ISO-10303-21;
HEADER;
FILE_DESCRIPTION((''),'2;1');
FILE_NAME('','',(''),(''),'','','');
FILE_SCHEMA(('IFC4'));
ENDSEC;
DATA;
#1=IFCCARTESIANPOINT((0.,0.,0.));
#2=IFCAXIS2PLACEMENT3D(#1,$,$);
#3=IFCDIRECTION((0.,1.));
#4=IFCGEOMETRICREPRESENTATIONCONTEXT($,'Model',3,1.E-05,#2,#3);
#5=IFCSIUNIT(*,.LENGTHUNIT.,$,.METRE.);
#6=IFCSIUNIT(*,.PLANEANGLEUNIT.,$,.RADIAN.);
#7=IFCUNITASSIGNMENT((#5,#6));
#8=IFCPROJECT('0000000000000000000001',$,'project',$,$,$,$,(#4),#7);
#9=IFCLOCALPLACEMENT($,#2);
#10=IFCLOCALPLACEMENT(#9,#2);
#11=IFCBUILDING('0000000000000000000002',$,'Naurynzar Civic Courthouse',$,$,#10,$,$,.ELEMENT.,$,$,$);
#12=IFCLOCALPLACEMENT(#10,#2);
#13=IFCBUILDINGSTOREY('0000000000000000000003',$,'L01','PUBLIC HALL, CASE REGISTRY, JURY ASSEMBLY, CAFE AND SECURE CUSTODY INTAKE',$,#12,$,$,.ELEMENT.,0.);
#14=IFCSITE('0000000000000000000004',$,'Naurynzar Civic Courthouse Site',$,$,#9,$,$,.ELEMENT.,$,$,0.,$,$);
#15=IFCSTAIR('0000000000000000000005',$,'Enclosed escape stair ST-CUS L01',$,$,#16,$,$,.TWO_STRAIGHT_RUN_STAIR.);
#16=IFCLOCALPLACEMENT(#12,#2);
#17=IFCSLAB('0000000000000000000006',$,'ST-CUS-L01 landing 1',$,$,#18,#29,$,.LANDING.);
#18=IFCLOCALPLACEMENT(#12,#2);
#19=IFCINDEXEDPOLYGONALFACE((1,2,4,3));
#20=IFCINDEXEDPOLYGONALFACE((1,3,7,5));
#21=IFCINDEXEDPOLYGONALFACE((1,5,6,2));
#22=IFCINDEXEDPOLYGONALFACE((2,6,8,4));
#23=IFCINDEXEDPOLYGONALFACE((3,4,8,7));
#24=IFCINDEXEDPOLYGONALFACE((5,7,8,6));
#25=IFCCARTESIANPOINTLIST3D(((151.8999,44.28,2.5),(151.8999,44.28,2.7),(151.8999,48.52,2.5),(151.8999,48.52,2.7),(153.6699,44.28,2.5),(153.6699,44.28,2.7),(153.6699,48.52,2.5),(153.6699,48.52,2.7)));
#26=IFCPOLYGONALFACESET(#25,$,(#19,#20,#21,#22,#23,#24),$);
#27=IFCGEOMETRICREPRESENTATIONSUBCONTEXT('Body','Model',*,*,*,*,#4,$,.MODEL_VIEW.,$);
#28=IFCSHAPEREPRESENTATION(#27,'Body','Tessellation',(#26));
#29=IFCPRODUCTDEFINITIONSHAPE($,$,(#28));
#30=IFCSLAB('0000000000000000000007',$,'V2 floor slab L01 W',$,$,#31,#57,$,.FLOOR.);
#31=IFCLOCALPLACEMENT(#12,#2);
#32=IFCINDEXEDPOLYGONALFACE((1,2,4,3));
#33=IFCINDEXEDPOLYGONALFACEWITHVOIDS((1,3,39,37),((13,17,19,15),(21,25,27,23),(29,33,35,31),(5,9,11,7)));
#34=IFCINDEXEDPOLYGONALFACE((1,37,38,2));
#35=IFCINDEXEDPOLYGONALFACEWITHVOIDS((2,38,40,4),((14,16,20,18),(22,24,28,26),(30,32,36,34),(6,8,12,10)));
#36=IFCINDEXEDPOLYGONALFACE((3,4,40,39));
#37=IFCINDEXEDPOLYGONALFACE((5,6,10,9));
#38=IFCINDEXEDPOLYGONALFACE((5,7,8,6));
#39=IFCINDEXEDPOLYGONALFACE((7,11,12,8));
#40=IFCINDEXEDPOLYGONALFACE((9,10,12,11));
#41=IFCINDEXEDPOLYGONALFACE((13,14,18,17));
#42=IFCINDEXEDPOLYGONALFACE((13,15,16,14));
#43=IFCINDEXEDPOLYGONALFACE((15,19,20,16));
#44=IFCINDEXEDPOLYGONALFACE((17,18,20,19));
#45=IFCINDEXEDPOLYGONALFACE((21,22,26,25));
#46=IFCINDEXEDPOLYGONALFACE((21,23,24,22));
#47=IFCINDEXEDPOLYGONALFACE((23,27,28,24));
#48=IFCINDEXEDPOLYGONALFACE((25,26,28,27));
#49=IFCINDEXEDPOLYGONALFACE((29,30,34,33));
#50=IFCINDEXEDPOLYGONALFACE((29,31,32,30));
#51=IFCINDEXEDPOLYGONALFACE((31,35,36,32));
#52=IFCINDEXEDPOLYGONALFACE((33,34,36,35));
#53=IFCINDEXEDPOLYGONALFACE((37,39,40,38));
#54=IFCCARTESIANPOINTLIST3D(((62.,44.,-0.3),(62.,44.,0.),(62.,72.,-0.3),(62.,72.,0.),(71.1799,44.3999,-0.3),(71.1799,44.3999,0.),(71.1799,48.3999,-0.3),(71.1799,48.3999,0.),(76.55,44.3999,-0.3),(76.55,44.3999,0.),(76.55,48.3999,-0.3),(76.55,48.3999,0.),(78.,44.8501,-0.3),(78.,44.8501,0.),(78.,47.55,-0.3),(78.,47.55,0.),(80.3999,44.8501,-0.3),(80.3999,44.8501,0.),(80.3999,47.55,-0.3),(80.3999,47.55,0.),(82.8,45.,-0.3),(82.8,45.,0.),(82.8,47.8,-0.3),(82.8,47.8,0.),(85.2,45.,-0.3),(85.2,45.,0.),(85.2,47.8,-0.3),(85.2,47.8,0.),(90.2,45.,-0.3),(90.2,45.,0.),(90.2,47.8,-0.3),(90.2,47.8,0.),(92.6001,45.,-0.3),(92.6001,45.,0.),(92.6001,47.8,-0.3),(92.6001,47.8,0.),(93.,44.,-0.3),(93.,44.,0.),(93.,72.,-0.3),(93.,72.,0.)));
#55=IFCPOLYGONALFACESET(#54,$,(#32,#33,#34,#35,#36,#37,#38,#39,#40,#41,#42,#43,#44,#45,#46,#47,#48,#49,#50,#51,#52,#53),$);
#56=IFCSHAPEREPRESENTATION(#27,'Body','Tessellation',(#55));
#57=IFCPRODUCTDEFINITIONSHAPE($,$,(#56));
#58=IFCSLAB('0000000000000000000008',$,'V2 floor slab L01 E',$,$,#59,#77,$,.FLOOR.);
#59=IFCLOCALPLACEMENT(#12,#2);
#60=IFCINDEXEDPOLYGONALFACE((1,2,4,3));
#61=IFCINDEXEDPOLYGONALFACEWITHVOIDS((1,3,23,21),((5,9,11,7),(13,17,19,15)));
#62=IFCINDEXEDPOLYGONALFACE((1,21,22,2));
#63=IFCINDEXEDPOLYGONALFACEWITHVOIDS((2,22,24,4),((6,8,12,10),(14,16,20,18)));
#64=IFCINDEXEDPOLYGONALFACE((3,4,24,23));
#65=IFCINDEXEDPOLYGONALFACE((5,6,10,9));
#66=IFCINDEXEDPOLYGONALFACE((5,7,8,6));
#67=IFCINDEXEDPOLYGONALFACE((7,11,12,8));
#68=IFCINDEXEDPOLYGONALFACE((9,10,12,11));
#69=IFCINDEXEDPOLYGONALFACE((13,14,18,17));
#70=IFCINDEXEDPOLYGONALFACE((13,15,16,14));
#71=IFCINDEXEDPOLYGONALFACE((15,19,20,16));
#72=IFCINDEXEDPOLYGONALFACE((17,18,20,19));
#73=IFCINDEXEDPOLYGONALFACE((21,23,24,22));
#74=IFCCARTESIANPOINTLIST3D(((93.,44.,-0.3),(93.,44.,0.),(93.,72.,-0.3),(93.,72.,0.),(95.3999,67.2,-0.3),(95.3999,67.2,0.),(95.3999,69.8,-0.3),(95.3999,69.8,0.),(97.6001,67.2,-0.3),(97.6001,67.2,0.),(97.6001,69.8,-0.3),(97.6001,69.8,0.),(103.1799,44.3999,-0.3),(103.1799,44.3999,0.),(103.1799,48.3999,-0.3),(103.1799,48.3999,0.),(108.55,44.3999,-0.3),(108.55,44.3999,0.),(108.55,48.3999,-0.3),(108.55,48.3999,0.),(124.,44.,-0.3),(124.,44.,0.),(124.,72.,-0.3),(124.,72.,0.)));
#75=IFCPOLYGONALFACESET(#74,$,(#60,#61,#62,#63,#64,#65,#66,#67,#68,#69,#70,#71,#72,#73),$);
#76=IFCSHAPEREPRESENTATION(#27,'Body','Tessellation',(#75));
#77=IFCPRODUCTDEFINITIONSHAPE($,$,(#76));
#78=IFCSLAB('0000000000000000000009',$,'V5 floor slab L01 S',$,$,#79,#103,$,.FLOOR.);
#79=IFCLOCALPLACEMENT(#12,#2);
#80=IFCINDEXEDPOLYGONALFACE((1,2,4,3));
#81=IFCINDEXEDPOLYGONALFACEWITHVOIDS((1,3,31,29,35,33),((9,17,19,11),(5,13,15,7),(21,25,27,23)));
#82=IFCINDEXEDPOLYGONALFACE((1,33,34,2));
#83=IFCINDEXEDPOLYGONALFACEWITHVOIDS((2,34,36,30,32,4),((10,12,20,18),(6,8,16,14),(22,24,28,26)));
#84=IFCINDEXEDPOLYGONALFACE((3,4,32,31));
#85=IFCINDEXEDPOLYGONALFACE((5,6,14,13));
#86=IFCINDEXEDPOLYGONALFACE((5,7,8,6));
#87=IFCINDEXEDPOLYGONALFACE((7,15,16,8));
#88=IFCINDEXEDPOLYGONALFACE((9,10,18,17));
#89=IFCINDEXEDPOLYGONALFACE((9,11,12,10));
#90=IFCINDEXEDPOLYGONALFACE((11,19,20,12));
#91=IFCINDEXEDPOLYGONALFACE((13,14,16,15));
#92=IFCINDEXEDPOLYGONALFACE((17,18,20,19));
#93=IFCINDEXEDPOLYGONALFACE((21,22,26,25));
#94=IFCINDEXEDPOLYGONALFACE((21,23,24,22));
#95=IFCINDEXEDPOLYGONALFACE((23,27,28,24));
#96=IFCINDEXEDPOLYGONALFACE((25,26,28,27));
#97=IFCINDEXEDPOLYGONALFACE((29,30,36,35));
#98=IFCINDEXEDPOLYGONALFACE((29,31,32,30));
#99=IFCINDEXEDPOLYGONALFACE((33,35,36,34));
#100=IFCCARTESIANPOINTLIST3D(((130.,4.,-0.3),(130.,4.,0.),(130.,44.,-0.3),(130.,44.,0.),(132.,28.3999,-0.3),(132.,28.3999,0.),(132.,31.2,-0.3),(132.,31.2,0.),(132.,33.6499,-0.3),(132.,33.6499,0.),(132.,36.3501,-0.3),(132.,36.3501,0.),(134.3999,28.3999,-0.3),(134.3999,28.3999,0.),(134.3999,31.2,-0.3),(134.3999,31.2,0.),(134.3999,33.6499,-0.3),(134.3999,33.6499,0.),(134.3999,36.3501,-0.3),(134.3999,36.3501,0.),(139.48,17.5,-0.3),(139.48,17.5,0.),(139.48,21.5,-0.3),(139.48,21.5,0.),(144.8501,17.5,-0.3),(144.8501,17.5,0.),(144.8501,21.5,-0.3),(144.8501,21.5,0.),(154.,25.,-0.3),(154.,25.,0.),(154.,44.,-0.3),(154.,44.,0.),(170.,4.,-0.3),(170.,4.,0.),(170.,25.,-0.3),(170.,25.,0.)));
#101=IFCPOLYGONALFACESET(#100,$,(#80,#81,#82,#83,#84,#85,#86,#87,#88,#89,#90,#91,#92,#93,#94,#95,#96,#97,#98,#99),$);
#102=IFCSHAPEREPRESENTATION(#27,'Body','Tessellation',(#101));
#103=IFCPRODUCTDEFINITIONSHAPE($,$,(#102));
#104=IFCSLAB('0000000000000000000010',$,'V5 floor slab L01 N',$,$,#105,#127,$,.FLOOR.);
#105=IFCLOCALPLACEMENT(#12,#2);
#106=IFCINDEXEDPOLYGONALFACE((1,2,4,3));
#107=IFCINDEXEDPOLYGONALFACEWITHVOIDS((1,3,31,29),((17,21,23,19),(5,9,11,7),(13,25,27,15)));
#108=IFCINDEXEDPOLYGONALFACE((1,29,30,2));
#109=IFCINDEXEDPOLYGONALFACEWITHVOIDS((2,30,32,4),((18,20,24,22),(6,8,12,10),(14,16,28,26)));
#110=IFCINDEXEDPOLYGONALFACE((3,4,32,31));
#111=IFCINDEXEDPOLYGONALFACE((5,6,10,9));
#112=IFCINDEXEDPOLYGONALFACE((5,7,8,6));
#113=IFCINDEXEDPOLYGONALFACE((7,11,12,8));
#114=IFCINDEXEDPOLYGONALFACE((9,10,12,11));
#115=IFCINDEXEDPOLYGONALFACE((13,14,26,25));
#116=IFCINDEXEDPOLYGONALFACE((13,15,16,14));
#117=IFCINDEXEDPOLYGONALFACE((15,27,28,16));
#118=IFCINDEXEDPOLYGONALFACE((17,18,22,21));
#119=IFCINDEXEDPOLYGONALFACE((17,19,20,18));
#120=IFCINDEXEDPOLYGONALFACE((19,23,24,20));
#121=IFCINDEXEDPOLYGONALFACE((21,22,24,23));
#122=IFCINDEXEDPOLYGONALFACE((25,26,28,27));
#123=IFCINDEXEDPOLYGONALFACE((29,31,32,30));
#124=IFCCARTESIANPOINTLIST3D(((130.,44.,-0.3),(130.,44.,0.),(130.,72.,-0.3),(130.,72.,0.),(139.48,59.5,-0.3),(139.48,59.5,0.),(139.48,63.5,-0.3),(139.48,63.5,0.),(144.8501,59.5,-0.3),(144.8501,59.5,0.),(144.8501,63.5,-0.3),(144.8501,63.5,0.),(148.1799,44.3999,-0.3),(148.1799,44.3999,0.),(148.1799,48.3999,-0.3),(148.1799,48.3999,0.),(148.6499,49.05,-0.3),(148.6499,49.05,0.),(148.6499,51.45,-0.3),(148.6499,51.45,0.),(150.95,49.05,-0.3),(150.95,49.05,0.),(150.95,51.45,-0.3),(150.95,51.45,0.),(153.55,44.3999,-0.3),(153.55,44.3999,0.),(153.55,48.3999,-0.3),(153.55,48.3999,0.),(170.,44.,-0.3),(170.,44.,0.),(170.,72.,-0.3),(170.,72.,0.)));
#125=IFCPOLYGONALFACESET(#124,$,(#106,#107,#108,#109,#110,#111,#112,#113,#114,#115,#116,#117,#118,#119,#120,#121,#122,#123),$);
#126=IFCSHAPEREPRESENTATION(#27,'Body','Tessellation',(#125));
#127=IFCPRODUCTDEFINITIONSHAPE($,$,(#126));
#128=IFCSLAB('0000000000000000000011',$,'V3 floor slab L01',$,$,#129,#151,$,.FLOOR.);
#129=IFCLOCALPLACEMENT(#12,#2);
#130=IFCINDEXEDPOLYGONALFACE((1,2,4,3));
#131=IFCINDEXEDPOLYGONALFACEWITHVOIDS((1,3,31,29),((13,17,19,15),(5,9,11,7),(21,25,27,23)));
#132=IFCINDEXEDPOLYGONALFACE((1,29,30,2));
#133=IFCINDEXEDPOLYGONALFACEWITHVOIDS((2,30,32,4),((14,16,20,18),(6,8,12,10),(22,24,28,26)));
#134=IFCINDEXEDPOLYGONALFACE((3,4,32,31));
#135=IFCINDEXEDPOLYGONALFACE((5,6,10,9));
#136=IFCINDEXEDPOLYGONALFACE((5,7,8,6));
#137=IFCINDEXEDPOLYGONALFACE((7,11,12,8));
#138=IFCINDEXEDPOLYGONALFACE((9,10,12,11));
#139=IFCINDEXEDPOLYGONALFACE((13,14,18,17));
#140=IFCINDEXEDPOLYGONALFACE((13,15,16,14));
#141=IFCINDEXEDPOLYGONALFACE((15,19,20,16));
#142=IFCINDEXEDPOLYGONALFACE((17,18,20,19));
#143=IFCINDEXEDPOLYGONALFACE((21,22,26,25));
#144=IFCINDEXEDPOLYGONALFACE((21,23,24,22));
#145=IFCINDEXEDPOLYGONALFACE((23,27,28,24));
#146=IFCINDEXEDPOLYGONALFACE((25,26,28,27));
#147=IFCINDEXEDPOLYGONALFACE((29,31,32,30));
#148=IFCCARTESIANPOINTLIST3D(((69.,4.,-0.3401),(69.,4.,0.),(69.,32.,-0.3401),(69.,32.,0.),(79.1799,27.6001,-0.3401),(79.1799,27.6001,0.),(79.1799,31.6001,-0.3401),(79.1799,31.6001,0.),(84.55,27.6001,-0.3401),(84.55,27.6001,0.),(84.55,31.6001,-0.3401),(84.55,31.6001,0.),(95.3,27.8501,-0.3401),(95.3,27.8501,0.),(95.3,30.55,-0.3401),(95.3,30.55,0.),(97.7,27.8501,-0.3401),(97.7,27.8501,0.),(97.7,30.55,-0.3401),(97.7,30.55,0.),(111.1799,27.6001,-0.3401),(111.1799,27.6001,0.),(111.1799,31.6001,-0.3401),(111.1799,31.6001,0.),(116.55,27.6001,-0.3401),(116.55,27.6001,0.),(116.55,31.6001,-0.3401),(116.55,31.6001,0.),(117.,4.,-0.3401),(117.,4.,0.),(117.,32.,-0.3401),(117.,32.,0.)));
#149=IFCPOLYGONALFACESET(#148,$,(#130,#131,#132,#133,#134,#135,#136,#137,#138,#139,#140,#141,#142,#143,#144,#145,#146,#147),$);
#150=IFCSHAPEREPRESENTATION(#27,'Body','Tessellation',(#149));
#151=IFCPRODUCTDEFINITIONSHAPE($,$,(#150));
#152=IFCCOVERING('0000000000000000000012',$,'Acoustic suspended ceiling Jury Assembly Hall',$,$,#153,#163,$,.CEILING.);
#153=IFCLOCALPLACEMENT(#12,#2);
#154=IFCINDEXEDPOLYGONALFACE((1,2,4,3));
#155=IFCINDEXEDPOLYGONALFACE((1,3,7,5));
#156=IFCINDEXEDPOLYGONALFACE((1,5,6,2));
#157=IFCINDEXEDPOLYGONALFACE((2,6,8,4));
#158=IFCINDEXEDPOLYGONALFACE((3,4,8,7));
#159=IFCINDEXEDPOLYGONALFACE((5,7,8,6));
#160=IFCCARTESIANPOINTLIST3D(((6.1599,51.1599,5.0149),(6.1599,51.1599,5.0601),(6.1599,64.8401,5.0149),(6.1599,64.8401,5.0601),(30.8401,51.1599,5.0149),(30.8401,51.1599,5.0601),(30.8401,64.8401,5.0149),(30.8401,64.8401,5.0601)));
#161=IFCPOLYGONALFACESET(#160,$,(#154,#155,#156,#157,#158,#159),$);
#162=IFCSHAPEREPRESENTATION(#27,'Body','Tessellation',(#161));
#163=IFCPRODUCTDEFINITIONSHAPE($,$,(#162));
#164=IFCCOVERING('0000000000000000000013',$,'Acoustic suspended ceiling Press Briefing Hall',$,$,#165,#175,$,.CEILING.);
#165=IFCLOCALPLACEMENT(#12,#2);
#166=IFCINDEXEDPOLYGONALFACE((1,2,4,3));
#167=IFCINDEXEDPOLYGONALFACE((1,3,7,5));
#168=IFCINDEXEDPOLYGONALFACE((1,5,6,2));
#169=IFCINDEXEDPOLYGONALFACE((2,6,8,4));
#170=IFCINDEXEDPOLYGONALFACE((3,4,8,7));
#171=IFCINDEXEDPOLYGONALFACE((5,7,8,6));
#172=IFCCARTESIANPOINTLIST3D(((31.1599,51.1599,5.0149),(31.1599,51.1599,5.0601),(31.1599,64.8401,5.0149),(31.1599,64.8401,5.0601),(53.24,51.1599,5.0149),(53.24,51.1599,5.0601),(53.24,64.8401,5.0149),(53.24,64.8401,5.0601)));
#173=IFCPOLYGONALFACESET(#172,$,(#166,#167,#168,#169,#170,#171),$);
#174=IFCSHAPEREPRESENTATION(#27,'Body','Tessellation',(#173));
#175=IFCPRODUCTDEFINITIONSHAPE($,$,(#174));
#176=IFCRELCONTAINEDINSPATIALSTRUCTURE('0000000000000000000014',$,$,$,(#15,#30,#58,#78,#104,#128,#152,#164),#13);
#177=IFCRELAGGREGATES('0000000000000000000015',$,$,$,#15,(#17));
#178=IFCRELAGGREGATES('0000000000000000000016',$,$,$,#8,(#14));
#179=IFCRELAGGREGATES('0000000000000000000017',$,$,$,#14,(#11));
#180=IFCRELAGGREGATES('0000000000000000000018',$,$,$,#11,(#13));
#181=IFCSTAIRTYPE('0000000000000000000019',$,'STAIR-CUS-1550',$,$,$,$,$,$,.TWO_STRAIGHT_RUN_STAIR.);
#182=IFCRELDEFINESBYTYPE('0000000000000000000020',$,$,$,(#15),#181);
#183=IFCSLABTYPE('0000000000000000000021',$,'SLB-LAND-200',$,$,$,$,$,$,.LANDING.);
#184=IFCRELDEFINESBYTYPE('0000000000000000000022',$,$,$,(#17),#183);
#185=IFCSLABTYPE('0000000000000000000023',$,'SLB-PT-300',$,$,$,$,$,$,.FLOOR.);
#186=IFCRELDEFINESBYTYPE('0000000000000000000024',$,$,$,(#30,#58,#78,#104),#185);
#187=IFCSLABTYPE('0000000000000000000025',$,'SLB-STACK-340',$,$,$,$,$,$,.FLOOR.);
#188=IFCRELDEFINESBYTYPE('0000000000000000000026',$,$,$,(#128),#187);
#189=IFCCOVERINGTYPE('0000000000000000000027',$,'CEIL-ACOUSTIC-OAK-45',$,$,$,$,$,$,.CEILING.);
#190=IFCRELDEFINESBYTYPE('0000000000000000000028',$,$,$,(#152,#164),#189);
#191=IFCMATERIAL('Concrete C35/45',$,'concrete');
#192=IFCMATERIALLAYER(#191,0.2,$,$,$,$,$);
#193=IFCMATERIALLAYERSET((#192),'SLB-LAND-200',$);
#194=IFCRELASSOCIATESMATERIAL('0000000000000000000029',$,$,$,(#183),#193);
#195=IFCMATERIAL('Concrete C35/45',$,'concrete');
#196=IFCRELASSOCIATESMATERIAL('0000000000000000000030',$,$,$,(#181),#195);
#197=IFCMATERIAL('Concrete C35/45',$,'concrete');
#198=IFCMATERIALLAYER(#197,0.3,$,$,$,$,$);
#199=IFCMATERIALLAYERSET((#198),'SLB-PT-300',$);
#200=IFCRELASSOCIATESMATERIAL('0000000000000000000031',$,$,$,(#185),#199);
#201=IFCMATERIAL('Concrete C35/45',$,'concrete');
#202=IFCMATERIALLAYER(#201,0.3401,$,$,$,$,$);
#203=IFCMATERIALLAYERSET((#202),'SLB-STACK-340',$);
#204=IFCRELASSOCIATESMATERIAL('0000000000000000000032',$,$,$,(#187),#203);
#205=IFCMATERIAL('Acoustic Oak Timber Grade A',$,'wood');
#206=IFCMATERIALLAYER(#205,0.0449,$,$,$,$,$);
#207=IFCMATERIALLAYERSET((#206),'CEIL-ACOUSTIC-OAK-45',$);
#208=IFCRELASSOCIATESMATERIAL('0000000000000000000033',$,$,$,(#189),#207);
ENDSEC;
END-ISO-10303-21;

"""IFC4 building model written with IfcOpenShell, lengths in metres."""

from ifc_helpers import new_model, si_unit, direction, frame, origin, place, context, subcontext, project, spatial, polyline, outline, extrude, material, layer, layer_set, type_object, element, aggregate, save


model = new_model("IFC4")

# Units and contexts
model_context = context("Model", 3, precision=1e-05, world=origin(), true_north=direction((0.0, 1.0)))
body_context = subcontext(model_context, "Body", "Model", "MODEL_VIEW")
ifc_project = project(units=[si_unit("LENGTHUNIT", "METRE"), si_unit("PLANEANGLEUNIT", "RADIAN")], contexts=[model_context])

# Site, building, storey
site_placement = place(None, origin())
site = spatial("IfcSite", under=ifc_project, at=site_placement, Name="Naurynzar Civic Courthouse Site", CompositionType="ELEMENT", RefElevation=0.0)
building_placement = place(site_placement, origin())
building = spatial("IfcBuilding", under=site, at=building_placement, Name="Naurynzar Civic Courthouse", CompositionType="ELEMENT")
storey_placement = place(building_placement, origin())
storey = spatial("IfcBuildingStorey", under=building, at=storey_placement, Name="L01", Description="PUBLIC HALL, CASE REGISTRY, JURY ASSEMBLY, CAFE AND SECURE CUSTODY INTAKE", CompositionType="ELEMENT", Elevation=0.0)

# Stair, slab
ifc_material_1 = material(Name="Concrete C35/45", Category="concrete")
ifc_layer_1 = layer(ifc_material_1, 0.2)
ifc_layer_set_1 = layer_set([ifc_layer_1], Name="SLB-LAND-200")
slab_type_1 = type_object("IfcSlabType", Name="SLB-LAND-200", PredefinedType="LANDING", material=ifc_layer_set_1)
ifc_material_2 = material(Name="Concrete C35/45", Category="concrete")
stair_type_1 = type_object("IfcStairType", Name="STAIR-CUS-1550", PredefinedType="TWO_STRAIGHT_RUN_STAIR", material=ifc_material_2)
stair_1_placement = place(storey_placement, origin())
stair_1 = element("IfcStair", 1, at=stair_1_placement, inside=storey, type_object=stair_type_1, Name="Enclosed escape stair ST-CUS L01", PredefinedType="TWO_STRAIGHT_RUN_STAIR")
slab_1_placement = place(storey_placement, frame((0.0, 0.0, 2.5)))
slab_1 = element("IfcSlab", 2, at=slab_1_placement, type_object=slab_type_1, Name="ST-CUS-L01 landing 1", PredefinedType="LANDING", context=body_context, shape_type="SweptSolid", body=[
    extrude(outline(polyline([(151.8999, 44.28), (153.6699, 44.28), (153.6699, 48.52), (151.8999, 48.52), (151.8999, 44.28)])), origin(), (0.0, 0.0, 1.0), 0.2),
])
aggregate(stair_1, [slab_1])

# Slabs
ifc_material_3 = material(Name="Concrete C35/45", Category="concrete")
ifc_layer_2 = layer(ifc_material_3, 0.3)
ifc_layer_set_2 = layer_set([ifc_layer_2], Name="SLB-PT-300")
slab_type_2 = type_object("IfcSlabType", Name="SLB-PT-300", PredefinedType="FLOOR", material=ifc_layer_set_2)
slab_2_placement = place(storey_placement, frame((0.0, 0.0, -0.3)))
element("IfcSlab", 3, at=slab_2_placement, inside=storey, type_object=slab_type_2, Name="V2 floor slab L01 W", PredefinedType="FLOOR", context=body_context, shape_type="SweptSolid", body=[
    extrude(outline(polyline([(93.0, 44.0), (93.0, 72.0), (62.0, 72.0), (62.0, 44.0), (93.0, 44.0)]), holes=[polyline([(71.1799, 44.3999), (76.55, 44.3999), (76.55, 48.3999), (71.1799, 48.3999), (71.1799, 44.3999)]), polyline([(78.0, 44.8501), (80.3999, 44.8501), (80.3999, 47.55), (78.0, 47.55), (78.0, 44.8501)]), polyline([(82.8, 45.0), (85.2, 45.0), (85.2, 47.8), (82.8, 47.8), (82.8, 45.0)]), polyline([(90.2, 45.0), (92.6001, 45.0), (92.6001, 47.8), (90.2, 47.8), (90.2, 45.0)])]), origin(), (0.0, 0.0, 1.0), 0.3),
])
slab_3_placement = place(storey_placement, frame((0.0, 0.0, -0.3)))
element("IfcSlab", 4, at=slab_3_placement, inside=storey, type_object=slab_type_2, Name="V2 floor slab L01 E", PredefinedType="FLOOR", context=body_context, shape_type="SweptSolid", body=[
    extrude(outline(polyline([(124.0, 44.0), (124.0, 72.0), (93.0, 72.0), (93.0, 44.0), (124.0, 44.0)]), holes=[polyline([(103.1799, 44.3999), (108.55, 44.3999), (108.55, 48.3999), (103.1799, 48.3999), (103.1799, 44.3999)]), polyline([(95.3999, 67.2), (97.6001, 67.2), (97.6001, 69.8), (95.3999, 69.8), (95.3999, 67.2)])]), origin(), (0.0, 0.0, 1.0), 0.3),
])
slab_4_placement = place(storey_placement, frame((0.0, 0.0, -0.3)))
element("IfcSlab", 5, at=slab_4_placement, inside=storey, type_object=slab_type_2, Name="V5 floor slab L01 S", PredefinedType="FLOOR", context=body_context, shape_type="SweptSolid", body=[
    extrude(outline(polyline([(170.0, 4.0), (130.0, 4.0), (130.0, 44.0), (154.0, 44.0), (154.0, 25.0), (170.0, 25.0), (170.0, 4.0)]), holes=[polyline([(139.48, 17.5), (144.8501, 17.5), (144.8501, 21.5), (139.48, 21.5), (139.48, 17.5)]), polyline([(132.0, 33.6499), (134.3999, 33.6499), (134.3999, 36.3501), (132.0, 36.3501), (132.0, 33.6499)]), polyline([(132.0, 28.3999), (134.3999, 28.3999), (134.3999, 31.2), (132.0, 31.2), (132.0, 28.3999)])]), origin(), (0.0, 0.0, 1.0), 0.3),
])
slab_5_placement = place(storey_placement, frame((0.0, 0.0, -0.3)))
element("IfcSlab", 6, at=slab_5_placement, inside=storey, type_object=slab_type_2, Name="V5 floor slab L01 N", PredefinedType="FLOOR", context=body_context, shape_type="SweptSolid", body=[
    extrude(outline(polyline([(170.0, 44.0), (170.0, 72.0), (130.0, 72.0), (130.0, 44.0), (170.0, 44.0)]), holes=[polyline([(139.48, 59.5), (144.8501, 59.5), (144.8501, 63.5), (139.48, 63.5), (139.48, 59.5)]), polyline([(148.1799, 44.3999), (153.55, 44.3999), (153.55, 48.3999), (148.1799, 48.3999), (148.1799, 44.3999)]), polyline([(148.6499, 49.05), (150.95, 49.05), (150.95, 51.45), (148.6499, 51.45), (148.6499, 49.05)])]), origin(), (0.0, 0.0, 1.0), 0.3),
])
ifc_material_4 = material(Name="Concrete C35/45", Category="concrete")
ifc_layer_3 = layer(ifc_material_4, 0.3401)
ifc_layer_set_3 = layer_set([ifc_layer_3], Name="SLB-STACK-340")
slab_type_3 = type_object("IfcSlabType", Name="SLB-STACK-340", PredefinedType="FLOOR", material=ifc_layer_set_3)
slab_6_placement = place(storey_placement, frame((0.0, 0.0, -0.3401)))
element("IfcSlab", 7, at=slab_6_placement, inside=storey, type_object=slab_type_3, Name="V3 floor slab L01", PredefinedType="FLOOR", context=body_context, shape_type="SweptSolid", body=[
    extrude(outline(polyline([(117.0, 4.0), (117.0, 32.0), (69.0, 32.0), (69.0, 4.0), (117.0, 4.0)]), holes=[polyline([(79.1799, 27.6001), (84.55, 27.6001), (84.55, 31.6001), (79.1799, 31.6001), (79.1799, 27.6001)]), polyline([(111.1799, 27.6001), (116.55, 27.6001), (116.55, 31.6001), (111.1799, 31.6001), (111.1799, 27.6001)]), polyline([(95.3, 27.8501), (97.7, 27.8501), (97.7, 30.55), (95.3, 30.55), (95.3, 27.8501)])]), origin(), (0.0, 0.0, 1.0), 0.3401),
])

# Coverings
ifc_material_5 = material(Name="Acoustic Oak Timber Grade A", Category="wood")
ifc_layer_4 = layer(ifc_material_5, 0.0449)
ifc_layer_set_4 = layer_set([ifc_layer_4], Name="CEIL-ACOUSTIC-OAK-45")
covering_type = type_object("IfcCoveringType", Name="CEIL-ACOUSTIC-OAK-45", PredefinedType="CEILING", material=ifc_layer_set_4)
covering_1_placement = place(storey_placement, frame((0.0, 0.0, 5.0149)))
element("IfcCovering", 8, at=covering_1_placement, inside=storey, type_object=covering_type, Name="Acoustic suspended ceiling Jury Assembly Hall", PredefinedType="CEILING", context=body_context, shape_type="SweptSolid", body=[
    extrude(outline(polyline([(6.1599, 51.1599), (6.1599, 64.8401), (30.8401, 64.8401), (30.8401, 51.1599), (6.1599, 51.1599)])), origin(), (0.0, 0.0, 1.0), 0.0452),
])
covering_2_placement = place(storey_placement, frame((0.0, 0.0, 5.0149)))
element("IfcCovering", 9, at=covering_2_placement, inside=storey, type_object=covering_type, Name="Acoustic suspended ceiling Press Briefing Hall", PredefinedType="CEILING", context=body_context, shape_type="SweptSolid", body=[
    extrude(outline(polyline([(31.1599, 51.1599), (31.1599, 64.8401), (53.24, 64.8401), (53.24, 51.1599), (31.1599, 51.1599)])), origin(), (0.0, 0.0, 1.0), 0.0452),
])

save(model, "model.ifc")
